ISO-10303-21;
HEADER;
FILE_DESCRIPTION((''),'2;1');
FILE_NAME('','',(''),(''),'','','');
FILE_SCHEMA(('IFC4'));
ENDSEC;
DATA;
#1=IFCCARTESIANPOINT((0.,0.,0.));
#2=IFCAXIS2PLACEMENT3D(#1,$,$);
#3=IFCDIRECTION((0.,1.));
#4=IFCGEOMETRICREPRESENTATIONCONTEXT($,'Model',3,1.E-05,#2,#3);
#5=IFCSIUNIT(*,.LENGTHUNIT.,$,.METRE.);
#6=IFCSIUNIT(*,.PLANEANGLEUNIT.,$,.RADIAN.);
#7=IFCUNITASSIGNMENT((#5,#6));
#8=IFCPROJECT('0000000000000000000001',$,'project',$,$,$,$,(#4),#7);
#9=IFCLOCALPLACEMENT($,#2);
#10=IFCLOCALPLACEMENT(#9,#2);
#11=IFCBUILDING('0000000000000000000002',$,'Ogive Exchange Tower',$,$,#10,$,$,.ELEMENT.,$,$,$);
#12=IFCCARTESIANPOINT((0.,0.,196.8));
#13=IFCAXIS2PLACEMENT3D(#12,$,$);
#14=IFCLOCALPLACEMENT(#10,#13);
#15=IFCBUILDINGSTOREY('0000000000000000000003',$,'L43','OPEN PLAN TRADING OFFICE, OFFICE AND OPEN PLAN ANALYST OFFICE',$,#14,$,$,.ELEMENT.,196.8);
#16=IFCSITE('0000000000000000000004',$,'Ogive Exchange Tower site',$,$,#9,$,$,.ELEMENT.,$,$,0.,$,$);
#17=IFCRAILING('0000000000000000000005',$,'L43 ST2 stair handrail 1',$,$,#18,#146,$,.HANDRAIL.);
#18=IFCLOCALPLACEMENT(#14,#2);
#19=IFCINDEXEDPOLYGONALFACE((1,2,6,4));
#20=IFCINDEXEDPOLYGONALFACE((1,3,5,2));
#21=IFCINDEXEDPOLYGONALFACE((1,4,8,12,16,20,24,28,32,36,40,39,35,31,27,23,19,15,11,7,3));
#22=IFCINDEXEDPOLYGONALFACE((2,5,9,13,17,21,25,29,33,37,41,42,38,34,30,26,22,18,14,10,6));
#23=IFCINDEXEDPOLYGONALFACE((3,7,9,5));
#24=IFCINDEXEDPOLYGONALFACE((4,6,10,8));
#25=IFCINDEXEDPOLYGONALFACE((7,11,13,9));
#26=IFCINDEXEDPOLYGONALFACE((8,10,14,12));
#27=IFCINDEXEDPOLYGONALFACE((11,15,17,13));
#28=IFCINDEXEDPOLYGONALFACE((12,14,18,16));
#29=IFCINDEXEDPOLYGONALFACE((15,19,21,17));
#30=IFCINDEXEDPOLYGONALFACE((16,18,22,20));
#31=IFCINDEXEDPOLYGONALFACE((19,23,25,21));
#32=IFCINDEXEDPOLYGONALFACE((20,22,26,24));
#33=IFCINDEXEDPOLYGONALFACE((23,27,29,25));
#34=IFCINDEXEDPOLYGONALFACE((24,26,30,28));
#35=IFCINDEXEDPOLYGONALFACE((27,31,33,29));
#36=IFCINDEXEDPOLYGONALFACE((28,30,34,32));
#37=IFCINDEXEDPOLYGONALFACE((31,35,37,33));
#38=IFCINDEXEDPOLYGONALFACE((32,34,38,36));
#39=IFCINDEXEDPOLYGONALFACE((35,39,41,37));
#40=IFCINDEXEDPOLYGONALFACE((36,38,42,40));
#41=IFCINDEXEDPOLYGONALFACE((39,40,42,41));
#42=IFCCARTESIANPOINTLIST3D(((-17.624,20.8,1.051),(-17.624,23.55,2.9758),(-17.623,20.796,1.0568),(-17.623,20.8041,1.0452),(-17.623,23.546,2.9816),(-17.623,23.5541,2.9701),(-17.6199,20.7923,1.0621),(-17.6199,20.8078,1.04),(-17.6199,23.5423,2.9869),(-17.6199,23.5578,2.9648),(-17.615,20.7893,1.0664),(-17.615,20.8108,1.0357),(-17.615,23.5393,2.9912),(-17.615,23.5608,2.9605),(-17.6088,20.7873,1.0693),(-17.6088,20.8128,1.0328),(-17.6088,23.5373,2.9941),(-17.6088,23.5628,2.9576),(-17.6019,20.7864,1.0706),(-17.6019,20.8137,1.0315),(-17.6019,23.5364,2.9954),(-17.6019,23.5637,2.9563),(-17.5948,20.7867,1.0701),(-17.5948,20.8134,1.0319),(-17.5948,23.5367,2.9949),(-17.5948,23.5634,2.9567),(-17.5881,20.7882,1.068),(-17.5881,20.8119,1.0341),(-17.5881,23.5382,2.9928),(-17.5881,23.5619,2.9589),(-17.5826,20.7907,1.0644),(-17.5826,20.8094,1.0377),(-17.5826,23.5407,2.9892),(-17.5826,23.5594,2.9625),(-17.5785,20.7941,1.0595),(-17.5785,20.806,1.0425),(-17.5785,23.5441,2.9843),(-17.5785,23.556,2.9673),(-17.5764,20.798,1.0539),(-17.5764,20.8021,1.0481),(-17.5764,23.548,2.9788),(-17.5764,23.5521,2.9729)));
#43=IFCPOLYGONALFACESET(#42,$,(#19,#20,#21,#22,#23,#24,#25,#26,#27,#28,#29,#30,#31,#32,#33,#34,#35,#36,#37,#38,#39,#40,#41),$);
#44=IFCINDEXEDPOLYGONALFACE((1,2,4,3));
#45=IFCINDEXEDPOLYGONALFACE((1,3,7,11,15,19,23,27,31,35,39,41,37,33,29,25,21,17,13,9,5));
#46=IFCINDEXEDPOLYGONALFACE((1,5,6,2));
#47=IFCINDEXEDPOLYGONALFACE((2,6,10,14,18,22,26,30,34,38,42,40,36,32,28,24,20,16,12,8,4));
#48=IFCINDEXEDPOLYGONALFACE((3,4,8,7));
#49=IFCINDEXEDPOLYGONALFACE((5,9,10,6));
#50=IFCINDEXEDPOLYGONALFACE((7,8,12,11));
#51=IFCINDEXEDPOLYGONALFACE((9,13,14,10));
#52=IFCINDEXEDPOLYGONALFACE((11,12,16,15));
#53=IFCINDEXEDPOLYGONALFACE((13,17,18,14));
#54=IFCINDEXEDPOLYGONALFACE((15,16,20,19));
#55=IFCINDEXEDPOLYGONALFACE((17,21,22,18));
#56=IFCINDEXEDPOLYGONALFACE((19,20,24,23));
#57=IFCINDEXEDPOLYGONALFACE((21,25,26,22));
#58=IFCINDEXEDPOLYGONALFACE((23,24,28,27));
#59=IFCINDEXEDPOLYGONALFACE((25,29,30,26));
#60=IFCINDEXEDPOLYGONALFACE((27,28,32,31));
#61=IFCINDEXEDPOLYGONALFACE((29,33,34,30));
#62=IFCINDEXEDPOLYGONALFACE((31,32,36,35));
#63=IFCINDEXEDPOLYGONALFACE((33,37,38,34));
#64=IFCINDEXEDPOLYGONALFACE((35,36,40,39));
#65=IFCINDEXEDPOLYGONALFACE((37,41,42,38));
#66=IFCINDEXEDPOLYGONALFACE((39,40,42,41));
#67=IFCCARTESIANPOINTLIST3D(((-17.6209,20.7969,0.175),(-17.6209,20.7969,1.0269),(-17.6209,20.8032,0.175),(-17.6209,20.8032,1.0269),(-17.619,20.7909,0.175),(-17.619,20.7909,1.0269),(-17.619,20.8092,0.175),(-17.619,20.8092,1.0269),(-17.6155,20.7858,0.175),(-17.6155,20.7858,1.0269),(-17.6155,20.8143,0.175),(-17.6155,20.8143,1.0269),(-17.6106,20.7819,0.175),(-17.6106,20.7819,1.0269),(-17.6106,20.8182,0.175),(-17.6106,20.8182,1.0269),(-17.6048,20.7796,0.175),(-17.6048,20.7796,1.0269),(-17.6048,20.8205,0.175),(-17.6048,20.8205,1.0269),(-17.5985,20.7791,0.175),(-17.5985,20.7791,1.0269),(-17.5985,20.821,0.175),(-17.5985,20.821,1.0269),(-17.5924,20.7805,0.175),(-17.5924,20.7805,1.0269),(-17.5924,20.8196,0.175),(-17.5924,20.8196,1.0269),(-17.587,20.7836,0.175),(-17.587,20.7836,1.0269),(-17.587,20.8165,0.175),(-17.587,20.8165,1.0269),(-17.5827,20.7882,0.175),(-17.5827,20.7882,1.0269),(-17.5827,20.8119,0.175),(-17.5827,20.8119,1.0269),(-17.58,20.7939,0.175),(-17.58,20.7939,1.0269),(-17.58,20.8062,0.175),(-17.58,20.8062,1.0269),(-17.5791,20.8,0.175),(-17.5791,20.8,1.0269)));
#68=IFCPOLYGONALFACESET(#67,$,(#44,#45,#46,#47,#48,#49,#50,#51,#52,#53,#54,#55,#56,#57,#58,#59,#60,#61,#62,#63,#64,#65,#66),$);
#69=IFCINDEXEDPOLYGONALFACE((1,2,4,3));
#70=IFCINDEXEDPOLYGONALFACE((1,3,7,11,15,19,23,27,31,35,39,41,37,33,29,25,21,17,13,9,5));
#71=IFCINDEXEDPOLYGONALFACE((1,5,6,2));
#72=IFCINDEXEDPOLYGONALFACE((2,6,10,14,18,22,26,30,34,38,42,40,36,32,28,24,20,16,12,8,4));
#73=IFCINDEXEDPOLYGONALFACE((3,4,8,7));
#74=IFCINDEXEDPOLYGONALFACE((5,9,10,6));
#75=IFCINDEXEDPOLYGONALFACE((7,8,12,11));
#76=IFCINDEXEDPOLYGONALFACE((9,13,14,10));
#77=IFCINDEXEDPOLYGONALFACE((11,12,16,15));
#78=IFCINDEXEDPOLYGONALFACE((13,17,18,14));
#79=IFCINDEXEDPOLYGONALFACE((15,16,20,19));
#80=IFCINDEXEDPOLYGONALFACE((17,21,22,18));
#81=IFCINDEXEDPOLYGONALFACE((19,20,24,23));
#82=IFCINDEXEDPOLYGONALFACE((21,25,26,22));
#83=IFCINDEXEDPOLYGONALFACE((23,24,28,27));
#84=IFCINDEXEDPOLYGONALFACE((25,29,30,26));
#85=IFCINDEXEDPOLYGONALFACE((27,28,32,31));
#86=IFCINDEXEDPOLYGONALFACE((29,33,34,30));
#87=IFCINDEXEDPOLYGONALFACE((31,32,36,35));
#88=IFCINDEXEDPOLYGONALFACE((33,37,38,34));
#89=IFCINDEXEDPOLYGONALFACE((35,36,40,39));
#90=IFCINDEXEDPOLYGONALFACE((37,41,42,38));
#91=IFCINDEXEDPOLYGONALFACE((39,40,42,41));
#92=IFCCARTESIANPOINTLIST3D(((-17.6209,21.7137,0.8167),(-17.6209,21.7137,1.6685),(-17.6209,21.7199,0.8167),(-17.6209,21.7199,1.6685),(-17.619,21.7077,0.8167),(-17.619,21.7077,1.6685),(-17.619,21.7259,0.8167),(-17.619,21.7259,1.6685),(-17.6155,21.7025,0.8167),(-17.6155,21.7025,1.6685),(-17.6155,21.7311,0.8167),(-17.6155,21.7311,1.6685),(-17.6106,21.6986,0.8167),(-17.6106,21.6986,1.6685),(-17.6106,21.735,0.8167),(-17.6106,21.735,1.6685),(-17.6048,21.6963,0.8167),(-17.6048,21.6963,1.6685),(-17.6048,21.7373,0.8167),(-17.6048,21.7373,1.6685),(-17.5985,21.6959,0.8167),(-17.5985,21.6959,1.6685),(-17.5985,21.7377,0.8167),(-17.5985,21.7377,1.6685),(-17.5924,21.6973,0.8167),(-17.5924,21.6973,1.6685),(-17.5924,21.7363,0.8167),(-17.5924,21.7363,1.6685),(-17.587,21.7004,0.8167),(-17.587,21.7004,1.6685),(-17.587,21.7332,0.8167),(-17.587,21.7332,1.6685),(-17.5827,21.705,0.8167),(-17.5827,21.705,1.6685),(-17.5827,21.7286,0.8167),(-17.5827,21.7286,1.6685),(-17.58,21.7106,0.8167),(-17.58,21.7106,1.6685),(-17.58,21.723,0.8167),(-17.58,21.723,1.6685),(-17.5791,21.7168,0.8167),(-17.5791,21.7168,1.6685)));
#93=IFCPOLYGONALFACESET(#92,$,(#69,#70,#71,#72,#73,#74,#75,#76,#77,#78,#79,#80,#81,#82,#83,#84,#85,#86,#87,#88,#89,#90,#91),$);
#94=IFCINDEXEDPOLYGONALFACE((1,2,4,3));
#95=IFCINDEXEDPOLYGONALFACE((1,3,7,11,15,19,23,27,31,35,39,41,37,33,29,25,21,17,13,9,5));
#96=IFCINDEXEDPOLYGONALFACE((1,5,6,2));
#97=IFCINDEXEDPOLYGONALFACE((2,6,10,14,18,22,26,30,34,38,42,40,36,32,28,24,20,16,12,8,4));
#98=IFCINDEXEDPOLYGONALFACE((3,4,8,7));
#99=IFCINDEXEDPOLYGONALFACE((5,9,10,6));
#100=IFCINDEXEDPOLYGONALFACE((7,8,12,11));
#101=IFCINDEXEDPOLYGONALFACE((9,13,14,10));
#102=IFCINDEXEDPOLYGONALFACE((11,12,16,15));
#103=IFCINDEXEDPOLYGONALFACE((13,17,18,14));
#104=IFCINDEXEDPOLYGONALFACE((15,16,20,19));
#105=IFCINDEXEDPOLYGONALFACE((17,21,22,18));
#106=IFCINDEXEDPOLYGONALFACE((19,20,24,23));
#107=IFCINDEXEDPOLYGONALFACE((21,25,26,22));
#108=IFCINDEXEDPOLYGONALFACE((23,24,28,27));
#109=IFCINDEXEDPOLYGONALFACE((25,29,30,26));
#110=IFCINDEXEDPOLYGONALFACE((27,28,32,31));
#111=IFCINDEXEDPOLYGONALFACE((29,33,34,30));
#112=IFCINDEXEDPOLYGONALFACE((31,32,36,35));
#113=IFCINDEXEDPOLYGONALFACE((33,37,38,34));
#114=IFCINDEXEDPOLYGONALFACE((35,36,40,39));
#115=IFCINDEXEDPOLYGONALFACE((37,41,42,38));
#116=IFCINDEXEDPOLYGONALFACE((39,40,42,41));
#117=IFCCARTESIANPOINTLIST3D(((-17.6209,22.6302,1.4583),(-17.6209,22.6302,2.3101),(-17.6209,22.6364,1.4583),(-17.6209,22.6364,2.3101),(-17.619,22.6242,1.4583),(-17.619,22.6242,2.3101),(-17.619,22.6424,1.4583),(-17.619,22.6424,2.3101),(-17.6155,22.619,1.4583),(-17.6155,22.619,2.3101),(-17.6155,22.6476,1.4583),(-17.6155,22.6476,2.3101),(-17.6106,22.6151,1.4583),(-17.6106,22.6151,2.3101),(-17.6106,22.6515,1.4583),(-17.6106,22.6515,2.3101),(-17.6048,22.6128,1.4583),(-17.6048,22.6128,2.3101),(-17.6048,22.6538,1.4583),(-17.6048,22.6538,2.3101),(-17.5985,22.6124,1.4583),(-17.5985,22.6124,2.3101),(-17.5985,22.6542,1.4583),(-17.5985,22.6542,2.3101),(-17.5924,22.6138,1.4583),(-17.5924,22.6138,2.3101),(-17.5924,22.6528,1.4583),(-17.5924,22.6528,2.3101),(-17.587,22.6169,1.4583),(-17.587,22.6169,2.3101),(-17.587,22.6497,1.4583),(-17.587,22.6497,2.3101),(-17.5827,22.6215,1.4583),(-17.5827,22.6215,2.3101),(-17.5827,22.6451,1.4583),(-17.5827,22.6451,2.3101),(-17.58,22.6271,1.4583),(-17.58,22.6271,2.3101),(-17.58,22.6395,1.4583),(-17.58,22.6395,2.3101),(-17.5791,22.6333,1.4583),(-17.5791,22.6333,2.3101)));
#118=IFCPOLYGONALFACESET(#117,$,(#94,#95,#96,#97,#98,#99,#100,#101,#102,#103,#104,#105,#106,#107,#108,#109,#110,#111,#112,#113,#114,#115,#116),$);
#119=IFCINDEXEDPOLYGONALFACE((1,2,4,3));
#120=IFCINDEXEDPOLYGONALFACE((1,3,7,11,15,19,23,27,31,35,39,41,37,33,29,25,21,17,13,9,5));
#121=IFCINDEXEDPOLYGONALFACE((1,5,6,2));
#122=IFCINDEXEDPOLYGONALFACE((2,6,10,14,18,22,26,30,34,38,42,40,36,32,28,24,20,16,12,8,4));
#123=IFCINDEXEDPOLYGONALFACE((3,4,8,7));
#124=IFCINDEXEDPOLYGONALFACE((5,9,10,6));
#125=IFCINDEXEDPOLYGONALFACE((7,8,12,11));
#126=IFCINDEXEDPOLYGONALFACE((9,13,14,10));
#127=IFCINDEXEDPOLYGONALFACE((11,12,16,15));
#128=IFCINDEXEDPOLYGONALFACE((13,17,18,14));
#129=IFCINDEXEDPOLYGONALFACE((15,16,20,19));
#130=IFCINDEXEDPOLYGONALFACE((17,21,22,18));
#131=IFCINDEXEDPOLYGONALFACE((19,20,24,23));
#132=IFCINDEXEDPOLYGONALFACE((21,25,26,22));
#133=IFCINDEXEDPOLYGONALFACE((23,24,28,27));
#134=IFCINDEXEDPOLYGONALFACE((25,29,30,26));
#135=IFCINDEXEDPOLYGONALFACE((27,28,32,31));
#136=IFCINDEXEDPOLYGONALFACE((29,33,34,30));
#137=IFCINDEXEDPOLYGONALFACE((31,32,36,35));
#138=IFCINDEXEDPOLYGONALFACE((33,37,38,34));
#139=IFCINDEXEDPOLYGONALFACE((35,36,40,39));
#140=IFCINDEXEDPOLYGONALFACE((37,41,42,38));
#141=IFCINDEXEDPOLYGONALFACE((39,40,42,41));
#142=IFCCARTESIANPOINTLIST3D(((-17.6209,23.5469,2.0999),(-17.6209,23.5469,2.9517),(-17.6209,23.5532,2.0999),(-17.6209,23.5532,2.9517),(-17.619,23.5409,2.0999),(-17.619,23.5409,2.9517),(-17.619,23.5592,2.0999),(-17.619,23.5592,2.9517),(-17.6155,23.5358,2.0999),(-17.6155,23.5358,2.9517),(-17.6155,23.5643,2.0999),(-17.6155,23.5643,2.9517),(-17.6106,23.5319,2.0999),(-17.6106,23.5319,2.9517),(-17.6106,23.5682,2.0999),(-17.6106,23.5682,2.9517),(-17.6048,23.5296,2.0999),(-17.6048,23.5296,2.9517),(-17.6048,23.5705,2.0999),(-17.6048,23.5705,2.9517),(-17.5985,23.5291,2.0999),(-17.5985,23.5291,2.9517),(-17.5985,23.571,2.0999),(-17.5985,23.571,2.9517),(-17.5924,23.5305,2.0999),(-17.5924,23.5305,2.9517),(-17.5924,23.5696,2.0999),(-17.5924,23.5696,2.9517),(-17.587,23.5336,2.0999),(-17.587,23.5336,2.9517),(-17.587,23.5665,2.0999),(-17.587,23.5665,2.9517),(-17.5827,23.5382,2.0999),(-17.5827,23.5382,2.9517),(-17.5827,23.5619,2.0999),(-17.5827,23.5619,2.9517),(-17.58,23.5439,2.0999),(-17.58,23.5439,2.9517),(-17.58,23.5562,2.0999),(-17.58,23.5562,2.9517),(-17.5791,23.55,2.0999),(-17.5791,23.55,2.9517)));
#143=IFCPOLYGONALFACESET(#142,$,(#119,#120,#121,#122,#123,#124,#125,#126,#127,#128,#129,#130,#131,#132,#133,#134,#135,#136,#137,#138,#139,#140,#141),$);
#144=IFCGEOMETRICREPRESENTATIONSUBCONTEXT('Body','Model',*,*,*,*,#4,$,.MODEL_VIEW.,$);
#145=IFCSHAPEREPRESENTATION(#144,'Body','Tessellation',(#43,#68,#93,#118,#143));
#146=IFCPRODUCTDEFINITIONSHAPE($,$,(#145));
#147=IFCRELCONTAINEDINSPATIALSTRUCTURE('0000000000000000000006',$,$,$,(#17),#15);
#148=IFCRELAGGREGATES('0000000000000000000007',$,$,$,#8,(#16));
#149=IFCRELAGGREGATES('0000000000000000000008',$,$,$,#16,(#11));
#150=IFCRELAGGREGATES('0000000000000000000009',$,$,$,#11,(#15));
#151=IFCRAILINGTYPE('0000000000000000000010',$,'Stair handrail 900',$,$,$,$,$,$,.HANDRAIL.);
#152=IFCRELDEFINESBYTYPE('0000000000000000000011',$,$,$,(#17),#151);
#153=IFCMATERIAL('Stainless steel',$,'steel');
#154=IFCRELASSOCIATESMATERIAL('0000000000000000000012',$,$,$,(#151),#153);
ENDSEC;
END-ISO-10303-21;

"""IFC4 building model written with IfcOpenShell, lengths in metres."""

from ifc_helpers import new_model, si_unit, direction, frame, origin, origin_2d, place, context, subcontext, project, spatial, circle, extrude, material, type_object, element, save


model = new_model("IFC4")

# Units and contexts
model_context = context("Model", 3, precision=1e-05, world=origin(), true_north=direction((0.0, 1.0)))
body_context = subcontext(model_context, "Body", "Model", "MODEL_VIEW")
ifc_project = project(units=[si_unit("LENGTHUNIT", "METRE"), si_unit("PLANEANGLEUNIT", "RADIAN")], contexts=[model_context])

# Site, building, storey
site_placement = place(None, origin())
site = spatial("IfcSite", under=ifc_project, at=site_placement, Name="Ogive Exchange Tower site", CompositionType="ELEMENT", RefElevation=0.0)
building_placement = place(site_placement, origin())
building = spatial("IfcBuilding", under=site, at=building_placement, Name="Ogive Exchange Tower", CompositionType="ELEMENT")
storey_placement = place(building_placement, frame((0.0, 0.0, 196.8)))
storey = spatial("IfcBuildingStorey", under=building, at=storey_placement, Name="L43", Description="OPEN PLAN TRADING OFFICE, OFFICE AND OPEN PLAN ANALYST OFFICE", CompositionType="ELEMENT", Elevation=196.8)

# Railing
ifc_material_1 = material(Name="Stainless steel", Category="steel")
railing_type = type_object("IfcRailingType", Name="Stair handrail 900", PredefinedType="HANDRAIL", material=ifc_material_1)
railing_1_placement = place(storey_placement, frame((-17.6001, 20.8, 0.175)))
element("IfcRailing", 1, at=railing_1_placement, inside=storey, type_object=railing_type, Name="L43 ST2 stair handrail 1", PredefinedType="HANDRAIL", context=body_context, shape_type="SweptSolid", body=[
    extrude(circle(Radius=0.0239, at=origin_2d()), frame((0.0, 0.0, 0.876), z_axis=(0.0, 0.819259, 0.573423), x_axis=(-1.0, 0.0, 0.0)), (0.0, 0.0, 1.0), 3.3567),
    extrude(circle(Radius=0.021, at=origin_2d()), origin(), (0.0, 0.0, 1.0), 0.8518),
    extrude(circle(Radius=0.021, at=origin_2d()), frame((0.0, 0.9167, 0.6416)), (0.0, 0.0, 1.0), 0.8518),
    extrude(circle(Radius=0.021, at=origin_2d()), frame((0.0, 1.8333, 1.2832)), (0.0, 0.0, 1.0), 0.8518),
    extrude(circle(Radius=0.021, at=origin_2d()), frame((0.0, 2.75, 1.9248)), (0.0, 0.0, 1.0), 0.8518),
])

save(model, "model.ifc")
